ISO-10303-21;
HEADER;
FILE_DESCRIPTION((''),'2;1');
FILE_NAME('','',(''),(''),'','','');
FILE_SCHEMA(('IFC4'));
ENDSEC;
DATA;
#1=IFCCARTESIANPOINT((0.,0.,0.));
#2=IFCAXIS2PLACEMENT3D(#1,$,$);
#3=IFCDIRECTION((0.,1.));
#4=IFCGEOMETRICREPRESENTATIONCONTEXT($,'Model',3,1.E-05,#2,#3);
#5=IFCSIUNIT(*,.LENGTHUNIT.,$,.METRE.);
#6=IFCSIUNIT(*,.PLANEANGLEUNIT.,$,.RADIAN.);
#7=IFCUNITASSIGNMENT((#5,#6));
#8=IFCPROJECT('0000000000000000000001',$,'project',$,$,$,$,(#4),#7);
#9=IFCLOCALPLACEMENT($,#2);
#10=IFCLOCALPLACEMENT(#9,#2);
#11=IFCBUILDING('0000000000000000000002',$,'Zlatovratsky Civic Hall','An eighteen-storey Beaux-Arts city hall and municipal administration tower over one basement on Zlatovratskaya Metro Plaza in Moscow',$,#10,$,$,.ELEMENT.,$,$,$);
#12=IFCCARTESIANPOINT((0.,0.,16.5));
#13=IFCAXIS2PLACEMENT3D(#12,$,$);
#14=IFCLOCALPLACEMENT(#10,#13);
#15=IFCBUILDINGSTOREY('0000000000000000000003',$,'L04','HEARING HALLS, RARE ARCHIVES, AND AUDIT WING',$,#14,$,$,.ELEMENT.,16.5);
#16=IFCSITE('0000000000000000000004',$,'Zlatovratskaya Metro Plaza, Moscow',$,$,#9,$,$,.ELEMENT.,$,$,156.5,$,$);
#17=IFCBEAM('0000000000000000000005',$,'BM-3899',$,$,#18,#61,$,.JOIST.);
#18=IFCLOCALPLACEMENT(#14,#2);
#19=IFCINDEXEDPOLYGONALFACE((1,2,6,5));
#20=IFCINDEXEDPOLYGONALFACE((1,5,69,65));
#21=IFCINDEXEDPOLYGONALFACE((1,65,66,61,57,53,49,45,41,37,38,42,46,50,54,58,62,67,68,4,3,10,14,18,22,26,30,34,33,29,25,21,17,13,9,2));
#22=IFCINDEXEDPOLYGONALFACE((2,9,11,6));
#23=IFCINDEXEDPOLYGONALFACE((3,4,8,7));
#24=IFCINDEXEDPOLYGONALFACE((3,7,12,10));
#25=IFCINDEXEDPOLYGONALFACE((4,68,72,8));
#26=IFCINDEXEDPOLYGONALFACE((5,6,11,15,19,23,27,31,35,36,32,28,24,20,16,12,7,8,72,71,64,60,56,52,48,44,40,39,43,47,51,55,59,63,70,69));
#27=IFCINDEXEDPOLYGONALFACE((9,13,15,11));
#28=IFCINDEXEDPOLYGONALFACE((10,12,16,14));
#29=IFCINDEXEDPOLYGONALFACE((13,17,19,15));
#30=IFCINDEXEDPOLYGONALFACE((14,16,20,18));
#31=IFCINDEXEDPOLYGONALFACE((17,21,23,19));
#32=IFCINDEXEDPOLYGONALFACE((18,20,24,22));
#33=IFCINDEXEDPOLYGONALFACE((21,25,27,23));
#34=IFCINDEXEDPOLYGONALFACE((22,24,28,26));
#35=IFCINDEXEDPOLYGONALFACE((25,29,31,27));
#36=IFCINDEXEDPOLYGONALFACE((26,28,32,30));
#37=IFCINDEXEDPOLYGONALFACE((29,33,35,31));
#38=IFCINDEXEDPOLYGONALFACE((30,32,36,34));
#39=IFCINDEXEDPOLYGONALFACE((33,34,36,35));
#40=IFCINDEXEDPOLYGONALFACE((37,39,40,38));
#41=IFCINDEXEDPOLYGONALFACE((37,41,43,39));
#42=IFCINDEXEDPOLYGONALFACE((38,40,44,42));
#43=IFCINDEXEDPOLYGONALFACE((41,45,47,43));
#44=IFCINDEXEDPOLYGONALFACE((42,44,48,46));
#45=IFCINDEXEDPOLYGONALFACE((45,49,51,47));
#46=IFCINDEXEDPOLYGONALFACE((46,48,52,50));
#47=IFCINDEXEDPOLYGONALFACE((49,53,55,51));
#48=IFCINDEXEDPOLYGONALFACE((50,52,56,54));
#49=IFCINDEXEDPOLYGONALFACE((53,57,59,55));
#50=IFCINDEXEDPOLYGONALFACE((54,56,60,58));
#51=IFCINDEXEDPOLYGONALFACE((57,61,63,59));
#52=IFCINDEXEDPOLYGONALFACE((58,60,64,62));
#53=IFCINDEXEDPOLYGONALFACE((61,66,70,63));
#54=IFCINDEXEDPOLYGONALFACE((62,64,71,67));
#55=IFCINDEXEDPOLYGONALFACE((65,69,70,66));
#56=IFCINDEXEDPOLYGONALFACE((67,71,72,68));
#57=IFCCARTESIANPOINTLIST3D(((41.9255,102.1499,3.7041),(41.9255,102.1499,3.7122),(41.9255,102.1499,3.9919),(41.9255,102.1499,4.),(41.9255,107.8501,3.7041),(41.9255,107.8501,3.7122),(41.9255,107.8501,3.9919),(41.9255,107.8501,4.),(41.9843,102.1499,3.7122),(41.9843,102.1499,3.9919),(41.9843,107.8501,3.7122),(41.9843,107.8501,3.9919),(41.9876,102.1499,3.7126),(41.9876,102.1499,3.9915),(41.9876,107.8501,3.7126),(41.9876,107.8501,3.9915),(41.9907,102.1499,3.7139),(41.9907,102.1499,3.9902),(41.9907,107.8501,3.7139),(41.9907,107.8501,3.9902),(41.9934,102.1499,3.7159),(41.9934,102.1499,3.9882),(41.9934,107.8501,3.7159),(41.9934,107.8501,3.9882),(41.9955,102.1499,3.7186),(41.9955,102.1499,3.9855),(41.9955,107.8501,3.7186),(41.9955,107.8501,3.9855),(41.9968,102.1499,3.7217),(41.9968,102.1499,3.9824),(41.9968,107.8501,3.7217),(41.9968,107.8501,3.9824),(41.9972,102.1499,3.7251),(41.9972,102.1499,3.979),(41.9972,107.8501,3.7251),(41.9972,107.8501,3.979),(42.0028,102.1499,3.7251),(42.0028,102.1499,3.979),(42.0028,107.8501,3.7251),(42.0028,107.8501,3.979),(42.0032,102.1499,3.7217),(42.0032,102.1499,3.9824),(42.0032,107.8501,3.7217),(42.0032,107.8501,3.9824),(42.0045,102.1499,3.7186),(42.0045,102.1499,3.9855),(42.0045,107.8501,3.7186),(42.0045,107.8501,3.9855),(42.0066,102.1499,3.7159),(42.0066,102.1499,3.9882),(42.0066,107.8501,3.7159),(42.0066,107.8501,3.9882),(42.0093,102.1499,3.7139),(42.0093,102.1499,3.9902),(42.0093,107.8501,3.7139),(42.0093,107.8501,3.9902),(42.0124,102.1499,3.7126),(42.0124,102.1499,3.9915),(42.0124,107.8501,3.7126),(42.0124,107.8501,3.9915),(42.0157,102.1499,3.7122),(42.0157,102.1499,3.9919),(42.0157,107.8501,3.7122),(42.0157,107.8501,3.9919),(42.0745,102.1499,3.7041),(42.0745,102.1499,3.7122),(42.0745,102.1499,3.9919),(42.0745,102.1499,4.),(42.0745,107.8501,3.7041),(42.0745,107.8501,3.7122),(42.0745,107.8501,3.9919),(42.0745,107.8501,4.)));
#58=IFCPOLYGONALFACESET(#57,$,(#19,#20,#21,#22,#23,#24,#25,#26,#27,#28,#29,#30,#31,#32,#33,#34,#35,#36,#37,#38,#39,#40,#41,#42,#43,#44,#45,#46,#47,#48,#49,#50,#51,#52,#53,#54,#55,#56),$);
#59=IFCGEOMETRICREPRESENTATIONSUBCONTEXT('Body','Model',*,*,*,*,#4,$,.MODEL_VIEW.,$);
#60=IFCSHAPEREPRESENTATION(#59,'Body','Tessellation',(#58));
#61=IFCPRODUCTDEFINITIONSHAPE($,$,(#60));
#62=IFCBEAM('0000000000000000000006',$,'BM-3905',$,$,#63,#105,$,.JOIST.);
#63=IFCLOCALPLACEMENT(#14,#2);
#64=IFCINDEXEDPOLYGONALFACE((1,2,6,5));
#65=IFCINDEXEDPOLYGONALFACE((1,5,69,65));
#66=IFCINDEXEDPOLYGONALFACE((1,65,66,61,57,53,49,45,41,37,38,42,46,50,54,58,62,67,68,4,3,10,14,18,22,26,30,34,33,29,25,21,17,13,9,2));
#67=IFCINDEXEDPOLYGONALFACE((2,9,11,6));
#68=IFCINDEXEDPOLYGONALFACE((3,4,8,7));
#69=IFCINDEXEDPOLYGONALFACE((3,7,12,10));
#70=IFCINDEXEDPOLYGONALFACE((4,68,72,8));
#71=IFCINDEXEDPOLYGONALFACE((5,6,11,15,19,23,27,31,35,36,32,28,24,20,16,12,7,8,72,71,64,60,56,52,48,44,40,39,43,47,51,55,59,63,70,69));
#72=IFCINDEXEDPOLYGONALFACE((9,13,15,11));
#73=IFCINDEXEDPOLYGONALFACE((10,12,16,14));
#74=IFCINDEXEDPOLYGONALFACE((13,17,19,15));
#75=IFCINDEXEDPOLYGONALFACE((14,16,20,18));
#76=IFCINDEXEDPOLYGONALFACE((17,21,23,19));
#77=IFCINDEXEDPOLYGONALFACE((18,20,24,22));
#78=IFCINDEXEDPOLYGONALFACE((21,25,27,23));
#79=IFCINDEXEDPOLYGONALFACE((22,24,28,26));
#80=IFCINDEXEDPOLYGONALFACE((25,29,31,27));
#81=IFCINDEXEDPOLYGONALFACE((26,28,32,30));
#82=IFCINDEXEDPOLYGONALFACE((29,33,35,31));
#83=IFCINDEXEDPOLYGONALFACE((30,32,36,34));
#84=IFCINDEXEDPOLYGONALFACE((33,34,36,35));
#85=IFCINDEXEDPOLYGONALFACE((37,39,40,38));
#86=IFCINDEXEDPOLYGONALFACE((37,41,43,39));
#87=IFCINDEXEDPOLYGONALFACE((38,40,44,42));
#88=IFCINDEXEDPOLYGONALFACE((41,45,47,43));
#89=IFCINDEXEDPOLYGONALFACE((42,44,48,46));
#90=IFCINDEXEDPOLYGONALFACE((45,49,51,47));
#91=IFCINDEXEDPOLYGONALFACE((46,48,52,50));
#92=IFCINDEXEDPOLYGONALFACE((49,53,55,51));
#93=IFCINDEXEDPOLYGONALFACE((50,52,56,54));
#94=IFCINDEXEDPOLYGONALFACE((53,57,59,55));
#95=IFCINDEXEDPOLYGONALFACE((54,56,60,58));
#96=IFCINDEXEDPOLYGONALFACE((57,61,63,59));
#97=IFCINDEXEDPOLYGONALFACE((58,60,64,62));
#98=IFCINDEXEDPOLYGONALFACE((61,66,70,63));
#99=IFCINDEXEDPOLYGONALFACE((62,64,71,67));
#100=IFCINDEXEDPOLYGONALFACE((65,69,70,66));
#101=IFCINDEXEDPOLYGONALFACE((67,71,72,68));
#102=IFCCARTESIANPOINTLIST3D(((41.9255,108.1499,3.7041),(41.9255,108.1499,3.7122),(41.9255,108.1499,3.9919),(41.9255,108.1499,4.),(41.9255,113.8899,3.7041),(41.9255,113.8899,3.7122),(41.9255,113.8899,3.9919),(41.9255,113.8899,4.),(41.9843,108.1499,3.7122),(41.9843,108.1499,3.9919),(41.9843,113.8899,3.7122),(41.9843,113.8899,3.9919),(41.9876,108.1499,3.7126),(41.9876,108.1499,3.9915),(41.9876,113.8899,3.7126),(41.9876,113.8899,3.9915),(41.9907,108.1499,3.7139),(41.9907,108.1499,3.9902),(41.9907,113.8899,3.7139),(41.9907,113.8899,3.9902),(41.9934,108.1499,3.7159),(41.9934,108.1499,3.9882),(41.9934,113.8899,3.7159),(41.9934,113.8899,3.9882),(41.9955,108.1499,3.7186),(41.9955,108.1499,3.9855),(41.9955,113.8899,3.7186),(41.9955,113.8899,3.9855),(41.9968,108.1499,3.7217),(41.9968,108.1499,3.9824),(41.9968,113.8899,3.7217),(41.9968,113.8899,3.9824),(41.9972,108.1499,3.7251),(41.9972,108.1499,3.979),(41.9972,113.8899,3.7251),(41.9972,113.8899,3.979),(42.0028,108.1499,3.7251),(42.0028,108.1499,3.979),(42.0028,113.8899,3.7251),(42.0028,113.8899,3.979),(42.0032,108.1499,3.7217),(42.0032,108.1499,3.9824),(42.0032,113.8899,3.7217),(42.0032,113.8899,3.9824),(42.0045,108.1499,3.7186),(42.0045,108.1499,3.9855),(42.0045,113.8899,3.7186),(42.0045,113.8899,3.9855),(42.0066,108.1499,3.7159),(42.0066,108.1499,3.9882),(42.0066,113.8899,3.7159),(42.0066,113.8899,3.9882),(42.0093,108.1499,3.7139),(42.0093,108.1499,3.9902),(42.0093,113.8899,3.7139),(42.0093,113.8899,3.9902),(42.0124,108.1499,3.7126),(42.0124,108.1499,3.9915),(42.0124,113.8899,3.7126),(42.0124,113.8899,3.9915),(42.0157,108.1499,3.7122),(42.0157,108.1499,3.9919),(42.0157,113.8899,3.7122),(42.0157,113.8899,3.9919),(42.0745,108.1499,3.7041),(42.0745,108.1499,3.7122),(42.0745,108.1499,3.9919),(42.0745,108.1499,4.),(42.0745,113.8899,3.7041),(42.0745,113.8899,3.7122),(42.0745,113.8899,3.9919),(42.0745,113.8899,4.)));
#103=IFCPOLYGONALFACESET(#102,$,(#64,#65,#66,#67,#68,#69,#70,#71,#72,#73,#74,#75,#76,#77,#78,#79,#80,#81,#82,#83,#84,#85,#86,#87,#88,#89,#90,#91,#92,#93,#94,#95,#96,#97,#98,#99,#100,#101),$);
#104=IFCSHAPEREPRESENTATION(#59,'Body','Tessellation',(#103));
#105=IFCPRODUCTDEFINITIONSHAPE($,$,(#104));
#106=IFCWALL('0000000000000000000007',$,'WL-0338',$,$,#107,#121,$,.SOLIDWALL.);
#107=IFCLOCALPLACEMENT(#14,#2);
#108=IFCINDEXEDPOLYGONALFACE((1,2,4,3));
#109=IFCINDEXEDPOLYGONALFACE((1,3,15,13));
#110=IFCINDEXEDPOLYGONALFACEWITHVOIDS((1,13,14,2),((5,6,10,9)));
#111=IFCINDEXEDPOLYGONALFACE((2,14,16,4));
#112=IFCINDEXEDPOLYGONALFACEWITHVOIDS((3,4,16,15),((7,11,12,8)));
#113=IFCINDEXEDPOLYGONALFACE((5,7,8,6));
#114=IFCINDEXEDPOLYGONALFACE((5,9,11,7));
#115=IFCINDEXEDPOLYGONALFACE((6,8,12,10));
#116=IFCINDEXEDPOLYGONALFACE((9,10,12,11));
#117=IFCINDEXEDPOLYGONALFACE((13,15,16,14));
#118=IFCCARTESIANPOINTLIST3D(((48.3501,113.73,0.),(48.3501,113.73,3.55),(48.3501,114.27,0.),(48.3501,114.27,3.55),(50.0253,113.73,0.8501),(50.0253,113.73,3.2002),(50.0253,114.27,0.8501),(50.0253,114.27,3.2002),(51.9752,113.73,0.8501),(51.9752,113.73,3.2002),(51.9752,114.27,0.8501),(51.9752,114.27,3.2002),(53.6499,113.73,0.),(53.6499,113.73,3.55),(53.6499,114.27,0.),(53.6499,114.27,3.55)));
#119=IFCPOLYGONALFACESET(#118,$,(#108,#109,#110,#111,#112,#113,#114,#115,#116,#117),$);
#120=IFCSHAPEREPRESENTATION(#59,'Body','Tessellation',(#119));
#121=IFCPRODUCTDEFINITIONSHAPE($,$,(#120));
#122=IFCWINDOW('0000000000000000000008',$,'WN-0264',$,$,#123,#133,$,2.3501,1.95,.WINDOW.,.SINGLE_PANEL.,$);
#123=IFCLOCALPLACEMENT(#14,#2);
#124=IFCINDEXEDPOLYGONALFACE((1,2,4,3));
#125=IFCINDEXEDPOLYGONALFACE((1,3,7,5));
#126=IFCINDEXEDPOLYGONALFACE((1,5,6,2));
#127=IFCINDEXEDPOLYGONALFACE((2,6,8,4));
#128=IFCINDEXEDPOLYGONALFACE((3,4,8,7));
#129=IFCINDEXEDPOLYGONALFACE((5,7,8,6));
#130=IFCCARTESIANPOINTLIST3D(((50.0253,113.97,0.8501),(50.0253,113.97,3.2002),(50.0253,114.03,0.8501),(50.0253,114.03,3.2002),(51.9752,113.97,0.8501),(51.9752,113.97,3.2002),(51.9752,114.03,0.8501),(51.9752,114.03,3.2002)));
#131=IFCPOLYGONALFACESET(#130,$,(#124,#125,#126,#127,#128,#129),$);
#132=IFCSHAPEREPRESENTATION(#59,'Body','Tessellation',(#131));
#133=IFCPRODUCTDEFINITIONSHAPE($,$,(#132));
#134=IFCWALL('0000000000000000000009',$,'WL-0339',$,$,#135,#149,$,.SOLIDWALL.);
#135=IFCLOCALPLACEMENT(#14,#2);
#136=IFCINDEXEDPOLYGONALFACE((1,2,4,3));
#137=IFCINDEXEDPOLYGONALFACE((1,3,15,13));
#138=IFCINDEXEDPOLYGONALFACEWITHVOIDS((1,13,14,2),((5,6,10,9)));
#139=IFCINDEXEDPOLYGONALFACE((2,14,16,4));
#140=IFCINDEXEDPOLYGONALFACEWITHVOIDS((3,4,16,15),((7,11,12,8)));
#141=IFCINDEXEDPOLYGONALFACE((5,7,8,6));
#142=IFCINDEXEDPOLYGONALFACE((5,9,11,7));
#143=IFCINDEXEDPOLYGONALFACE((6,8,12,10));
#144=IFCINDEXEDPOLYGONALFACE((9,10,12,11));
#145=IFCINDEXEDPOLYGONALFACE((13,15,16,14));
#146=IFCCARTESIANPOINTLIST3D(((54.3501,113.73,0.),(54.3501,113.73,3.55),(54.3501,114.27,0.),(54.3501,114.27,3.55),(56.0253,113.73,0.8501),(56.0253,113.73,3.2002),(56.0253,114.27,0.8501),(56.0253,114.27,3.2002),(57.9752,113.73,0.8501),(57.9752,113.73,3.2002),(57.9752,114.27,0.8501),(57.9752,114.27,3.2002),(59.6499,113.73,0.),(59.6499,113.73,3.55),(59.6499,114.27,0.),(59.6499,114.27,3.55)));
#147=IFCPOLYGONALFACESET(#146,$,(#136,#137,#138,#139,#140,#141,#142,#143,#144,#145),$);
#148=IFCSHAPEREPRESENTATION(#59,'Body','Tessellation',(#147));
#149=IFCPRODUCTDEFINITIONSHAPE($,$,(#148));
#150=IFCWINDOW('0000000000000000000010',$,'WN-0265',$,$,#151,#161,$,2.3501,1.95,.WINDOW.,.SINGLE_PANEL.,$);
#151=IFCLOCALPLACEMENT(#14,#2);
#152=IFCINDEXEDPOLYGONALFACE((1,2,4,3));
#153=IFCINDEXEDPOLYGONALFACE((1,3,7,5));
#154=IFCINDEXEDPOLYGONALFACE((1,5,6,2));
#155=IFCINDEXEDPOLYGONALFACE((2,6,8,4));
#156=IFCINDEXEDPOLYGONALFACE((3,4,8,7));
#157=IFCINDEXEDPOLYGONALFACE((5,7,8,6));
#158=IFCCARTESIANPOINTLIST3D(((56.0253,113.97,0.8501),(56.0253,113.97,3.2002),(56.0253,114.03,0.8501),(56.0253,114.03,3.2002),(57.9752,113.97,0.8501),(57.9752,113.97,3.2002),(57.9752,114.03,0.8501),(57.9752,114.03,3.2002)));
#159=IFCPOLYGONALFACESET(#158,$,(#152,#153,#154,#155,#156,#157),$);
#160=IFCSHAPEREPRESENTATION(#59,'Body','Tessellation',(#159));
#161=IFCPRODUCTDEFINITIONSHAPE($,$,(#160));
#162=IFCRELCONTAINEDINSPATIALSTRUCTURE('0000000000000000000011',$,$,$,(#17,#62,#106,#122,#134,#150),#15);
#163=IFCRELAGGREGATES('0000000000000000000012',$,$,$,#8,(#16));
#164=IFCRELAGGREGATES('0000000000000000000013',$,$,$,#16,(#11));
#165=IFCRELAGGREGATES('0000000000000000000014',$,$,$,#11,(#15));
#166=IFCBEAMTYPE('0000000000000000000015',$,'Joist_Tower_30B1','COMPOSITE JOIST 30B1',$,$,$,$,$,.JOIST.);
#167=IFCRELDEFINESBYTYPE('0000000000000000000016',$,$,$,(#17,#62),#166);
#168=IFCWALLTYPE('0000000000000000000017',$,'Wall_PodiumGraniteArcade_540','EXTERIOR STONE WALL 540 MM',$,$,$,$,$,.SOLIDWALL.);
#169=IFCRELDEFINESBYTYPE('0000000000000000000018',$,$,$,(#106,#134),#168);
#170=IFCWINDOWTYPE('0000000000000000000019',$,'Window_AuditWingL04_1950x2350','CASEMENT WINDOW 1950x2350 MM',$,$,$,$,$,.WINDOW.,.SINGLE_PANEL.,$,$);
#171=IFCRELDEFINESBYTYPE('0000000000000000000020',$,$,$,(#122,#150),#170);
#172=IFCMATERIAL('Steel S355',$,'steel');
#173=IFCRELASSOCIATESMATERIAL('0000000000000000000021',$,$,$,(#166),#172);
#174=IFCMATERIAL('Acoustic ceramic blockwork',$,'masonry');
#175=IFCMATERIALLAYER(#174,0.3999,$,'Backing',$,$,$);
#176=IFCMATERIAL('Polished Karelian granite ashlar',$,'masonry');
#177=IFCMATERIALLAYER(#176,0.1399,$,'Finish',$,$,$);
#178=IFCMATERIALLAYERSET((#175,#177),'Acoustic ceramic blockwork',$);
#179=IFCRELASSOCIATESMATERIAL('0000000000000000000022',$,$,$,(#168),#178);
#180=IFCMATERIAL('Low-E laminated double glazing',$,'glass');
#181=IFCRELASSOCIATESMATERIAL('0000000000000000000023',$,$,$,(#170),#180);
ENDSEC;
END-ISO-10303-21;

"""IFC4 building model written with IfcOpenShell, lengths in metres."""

from ifc_helpers import new_model, si_unit, direction, frame, frame_2d, origin, origin_2d, place, context, subcontext, project, spatial, rectangle, i_section, extrude, material, layer, layer_set, material_profile, profile_set, type_object, element, fill, save


model = new_model("IFC4")

# Units and contexts
model_context = context("Model", 3, precision=1e-05, world=origin(), true_north=direction((0.0, 1.0)))
body_context = subcontext(model_context, "Body", "Model", "MODEL_VIEW")
ifc_project = project(units=[si_unit("LENGTHUNIT", "METRE"), si_unit("PLANEANGLEUNIT", "RADIAN")], contexts=[model_context])

# Site, building, storey
site_placement = place(None, origin())
site = spatial("IfcSite", under=ifc_project, at=site_placement, Name="Zlatovratskaya Metro Plaza, Moscow", CompositionType="ELEMENT", RefElevation=156.5)
building_placement = place(site_placement, origin())
building = spatial("IfcBuilding", under=site, at=building_placement, Name="Zlatovratsky Civic Hall", Description="An eighteen-storey Beaux-Arts city hall and municipal administration tower over one basement on Zlatovratskaya Metro Plaza in Moscow", CompositionType="ELEMENT")
storey_placement = place(building_placement, frame((0.0, 0.0, 16.5)))
storey = spatial("IfcBuildingStorey", under=building, at=storey_placement, Name="L04", Description="HEARING HALLS, RARE ARCHIVES, AND AUDIT WING", CompositionType="ELEMENT", Elevation=16.5)

# Shared definitions
ifc_material_1 = material(Name="Steel S355", Category="steel")

# Beams
ifc_material_profile_1 = material_profile(ifc_material_1, i_section(OverallWidth=0.1489, OverallDepth=0.2959, WebThickness=0.0056, FlangeThickness=0.0081, FilletRadius=0.0129, at=origin_2d()), Name="30B1")
ifc_profile_set_1 = profile_set([ifc_material_profile_1], Name="Steel S355")
beam_type_1 = type_object("IfcBeamType", Name="Joist_Tower_30B1", Description="COMPOSITE JOIST 30B1", PredefinedType="JOIST", material=ifc_profile_set_1)
beam_1_placement = place(storey_placement, frame((42.0, 102.1499, 3.8521), z_axis=(0.0, 1.0, 0.0), x_axis=(-1.0, 0.0, 0.0)))
element("IfcBeam", 1, at=beam_1_placement, inside=storey, type_object=beam_type_1, Name="BM-3899", PredefinedType="JOIST", context=body_context, shape_type="SweptSolid", body=[
    extrude(i_section(OverallWidth=0.1489, OverallDepth=0.2959, WebThickness=0.0056, FlangeThickness=0.0081, FilletRadius=0.0129, at=origin_2d()), origin(), (0.0, 0.0, 1.0), 5.7002),
])
beam_2_placement = place(storey_placement, frame((42.0, 108.1499, 3.8521), z_axis=(0.0, 1.0, 0.0), x_axis=(-1.0, 0.0, 0.0)))
element("IfcBeam", 2, at=beam_2_placement, inside=storey, type_object=beam_type_1, Name="BM-3905", PredefinedType="JOIST", context=body_context, shape_type="SweptSolid", body=[
    extrude(i_section(OverallWidth=0.1489, OverallDepth=0.2959, WebThickness=0.0056, FlangeThickness=0.0081, FilletRadius=0.0129, at=origin_2d()), origin(), (0.0, 0.0, 1.0), 5.74),
])

# Walls, openings, windows
ifc_material_2 = material(Name="Acoustic ceramic blockwork", Category="masonry")
ifc_layer_1 = layer(ifc_material_2, 0.3999, Name="Backing")
ifc_material_3 = material(Name="Polished Karelian granite ashlar", Category="masonry")
ifc_layer_2 = layer(ifc_material_3, 0.1399, Name="Finish")
ifc_layer_set = layer_set([ifc_layer_1, ifc_layer_2], Name="Acoustic ceramic blockwork")
wall_type = type_object("IfcWallType", Name="Wall_PodiumGraniteArcade_540", Description="EXTERIOR STONE WALL 540 MM", PredefinedType="SOLIDWALL", material=ifc_layer_set)
wall_1_placement = place(storey_placement, frame((48.3501, 114.0, 0.0), z_axis=(0.0, 0.0, 1.0), x_axis=(1.0, 0.0, 0.0)))
wall_1 = element("IfcWall", 3, at=wall_1_placement, inside=storey, type_object=wall_type, Name="WL-0338", PredefinedType="SOLIDWALL", context=body_context, shape_type="SweptSolid", body=[
    extrude(rectangle(XDim=5.2998, YDim=0.54, at=frame_2d((2.6499, 0.0))), origin(), (0.0, 0.0, 1.0), 3.55),
])
opening_1_placement = place(wall_1_placement, frame((1.675, 0.0, 0.8501)))
opening_1 = element("IfcOpeningElement", 4, at=opening_1_placement, cuts=wall_1, PredefinedType="OPENING", context=body_context, shape_type="SweptSolid", body=[
    extrude(rectangle(XDim=1.95, YDim=2.3501, at=frame_2d((0.9751, 1.175))), frame((0.0, 0.2849, 0.0), z_axis=(0.0, -1.0, 0.0), x_axis=(1.0, 0.0, 0.0)), (0.0, 0.0, 1.0), 0.5698),
])
ifc_material_4 = material(Name="Low-E laminated double glazing", Category="glass")
window_type = type_object("IfcWindowType", Name="Window_AuditWingL04_1950x2350", Description="CASEMENT WINDOW 1950x2350 MM", PartitioningType="SINGLE_PANEL", PredefinedType="WINDOW", material=ifc_material_4)
window_1_placement = place(opening_1_placement, origin())
window_1 = element("IfcWindow", 5, at=window_1_placement, inside=storey, type_object=window_type, Name="WN-0264", OverallHeight=2.3501, OverallWidth=1.95, PartitioningType="SINGLE_PANEL", PredefinedType="WINDOW", context=body_context, shape_type="SweptSolid", body=[
    extrude(rectangle(XDim=1.95, YDim=2.3501, at=frame_2d((0.9751, 1.175))), frame((0.0, 0.03, 0.0), z_axis=(0.0, -1.0, 0.0), x_axis=(1.0, 0.0, 0.0)), (0.0, 0.0, 1.0), 0.0601),
])
fill(opening_1, window_1)
wall_2_placement = place(storey_placement, frame((54.3501, 114.0, 0.0), z_axis=(0.0, 0.0, 1.0), x_axis=(1.0, 0.0, 0.0)))
wall_2 = element("IfcWall", 6, at=wall_2_placement, inside=storey, type_object=wall_type, Name="WL-0339", PredefinedType="SOLIDWALL", context=body_context, shape_type="SweptSolid", body=[
    extrude(rectangle(XDim=5.2998, YDim=0.54, at=frame_2d((2.6499, 0.0))), origin(), (0.0, 0.0, 1.0), 3.55),
])
opening_2_placement = place(wall_2_placement, frame((1.675, 0.0, 0.8501)))
opening_2 = element("IfcOpeningElement", 7, at=opening_2_placement, cuts=wall_2, PredefinedType="OPENING", context=body_context, shape_type="SweptSolid", body=[
    extrude(rectangle(XDim=1.95, YDim=2.3501, at=frame_2d((0.9751, 1.175))), frame((0.0, 0.2849, 0.0), z_axis=(0.0, -1.0, 0.0), x_axis=(1.0, 0.0, 0.0)), (0.0, 0.0, 1.0), 0.5698),
])
window_2_placement = place(opening_2_placement, origin())
window_2 = element("IfcWindow", 8, at=window_2_placement, inside=storey, type_object=window_type, Name="WN-0265", OverallHeight=2.3501, OverallWidth=1.95, PartitioningType="SINGLE_PANEL", PredefinedType="WINDOW", context=body_context, shape_type="SweptSolid", body=[
    extrude(rectangle(XDim=1.95, YDim=2.3501, at=frame_2d((0.9751, 1.175))), frame((0.0, 0.03, 0.0), z_axis=(0.0, -1.0, 0.0), x_axis=(1.0, 0.0, 0.0)), (0.0, 0.0, 1.0), 0.0601),
])
fill(opening_2, window_2)

save(model, "model.ifc")
